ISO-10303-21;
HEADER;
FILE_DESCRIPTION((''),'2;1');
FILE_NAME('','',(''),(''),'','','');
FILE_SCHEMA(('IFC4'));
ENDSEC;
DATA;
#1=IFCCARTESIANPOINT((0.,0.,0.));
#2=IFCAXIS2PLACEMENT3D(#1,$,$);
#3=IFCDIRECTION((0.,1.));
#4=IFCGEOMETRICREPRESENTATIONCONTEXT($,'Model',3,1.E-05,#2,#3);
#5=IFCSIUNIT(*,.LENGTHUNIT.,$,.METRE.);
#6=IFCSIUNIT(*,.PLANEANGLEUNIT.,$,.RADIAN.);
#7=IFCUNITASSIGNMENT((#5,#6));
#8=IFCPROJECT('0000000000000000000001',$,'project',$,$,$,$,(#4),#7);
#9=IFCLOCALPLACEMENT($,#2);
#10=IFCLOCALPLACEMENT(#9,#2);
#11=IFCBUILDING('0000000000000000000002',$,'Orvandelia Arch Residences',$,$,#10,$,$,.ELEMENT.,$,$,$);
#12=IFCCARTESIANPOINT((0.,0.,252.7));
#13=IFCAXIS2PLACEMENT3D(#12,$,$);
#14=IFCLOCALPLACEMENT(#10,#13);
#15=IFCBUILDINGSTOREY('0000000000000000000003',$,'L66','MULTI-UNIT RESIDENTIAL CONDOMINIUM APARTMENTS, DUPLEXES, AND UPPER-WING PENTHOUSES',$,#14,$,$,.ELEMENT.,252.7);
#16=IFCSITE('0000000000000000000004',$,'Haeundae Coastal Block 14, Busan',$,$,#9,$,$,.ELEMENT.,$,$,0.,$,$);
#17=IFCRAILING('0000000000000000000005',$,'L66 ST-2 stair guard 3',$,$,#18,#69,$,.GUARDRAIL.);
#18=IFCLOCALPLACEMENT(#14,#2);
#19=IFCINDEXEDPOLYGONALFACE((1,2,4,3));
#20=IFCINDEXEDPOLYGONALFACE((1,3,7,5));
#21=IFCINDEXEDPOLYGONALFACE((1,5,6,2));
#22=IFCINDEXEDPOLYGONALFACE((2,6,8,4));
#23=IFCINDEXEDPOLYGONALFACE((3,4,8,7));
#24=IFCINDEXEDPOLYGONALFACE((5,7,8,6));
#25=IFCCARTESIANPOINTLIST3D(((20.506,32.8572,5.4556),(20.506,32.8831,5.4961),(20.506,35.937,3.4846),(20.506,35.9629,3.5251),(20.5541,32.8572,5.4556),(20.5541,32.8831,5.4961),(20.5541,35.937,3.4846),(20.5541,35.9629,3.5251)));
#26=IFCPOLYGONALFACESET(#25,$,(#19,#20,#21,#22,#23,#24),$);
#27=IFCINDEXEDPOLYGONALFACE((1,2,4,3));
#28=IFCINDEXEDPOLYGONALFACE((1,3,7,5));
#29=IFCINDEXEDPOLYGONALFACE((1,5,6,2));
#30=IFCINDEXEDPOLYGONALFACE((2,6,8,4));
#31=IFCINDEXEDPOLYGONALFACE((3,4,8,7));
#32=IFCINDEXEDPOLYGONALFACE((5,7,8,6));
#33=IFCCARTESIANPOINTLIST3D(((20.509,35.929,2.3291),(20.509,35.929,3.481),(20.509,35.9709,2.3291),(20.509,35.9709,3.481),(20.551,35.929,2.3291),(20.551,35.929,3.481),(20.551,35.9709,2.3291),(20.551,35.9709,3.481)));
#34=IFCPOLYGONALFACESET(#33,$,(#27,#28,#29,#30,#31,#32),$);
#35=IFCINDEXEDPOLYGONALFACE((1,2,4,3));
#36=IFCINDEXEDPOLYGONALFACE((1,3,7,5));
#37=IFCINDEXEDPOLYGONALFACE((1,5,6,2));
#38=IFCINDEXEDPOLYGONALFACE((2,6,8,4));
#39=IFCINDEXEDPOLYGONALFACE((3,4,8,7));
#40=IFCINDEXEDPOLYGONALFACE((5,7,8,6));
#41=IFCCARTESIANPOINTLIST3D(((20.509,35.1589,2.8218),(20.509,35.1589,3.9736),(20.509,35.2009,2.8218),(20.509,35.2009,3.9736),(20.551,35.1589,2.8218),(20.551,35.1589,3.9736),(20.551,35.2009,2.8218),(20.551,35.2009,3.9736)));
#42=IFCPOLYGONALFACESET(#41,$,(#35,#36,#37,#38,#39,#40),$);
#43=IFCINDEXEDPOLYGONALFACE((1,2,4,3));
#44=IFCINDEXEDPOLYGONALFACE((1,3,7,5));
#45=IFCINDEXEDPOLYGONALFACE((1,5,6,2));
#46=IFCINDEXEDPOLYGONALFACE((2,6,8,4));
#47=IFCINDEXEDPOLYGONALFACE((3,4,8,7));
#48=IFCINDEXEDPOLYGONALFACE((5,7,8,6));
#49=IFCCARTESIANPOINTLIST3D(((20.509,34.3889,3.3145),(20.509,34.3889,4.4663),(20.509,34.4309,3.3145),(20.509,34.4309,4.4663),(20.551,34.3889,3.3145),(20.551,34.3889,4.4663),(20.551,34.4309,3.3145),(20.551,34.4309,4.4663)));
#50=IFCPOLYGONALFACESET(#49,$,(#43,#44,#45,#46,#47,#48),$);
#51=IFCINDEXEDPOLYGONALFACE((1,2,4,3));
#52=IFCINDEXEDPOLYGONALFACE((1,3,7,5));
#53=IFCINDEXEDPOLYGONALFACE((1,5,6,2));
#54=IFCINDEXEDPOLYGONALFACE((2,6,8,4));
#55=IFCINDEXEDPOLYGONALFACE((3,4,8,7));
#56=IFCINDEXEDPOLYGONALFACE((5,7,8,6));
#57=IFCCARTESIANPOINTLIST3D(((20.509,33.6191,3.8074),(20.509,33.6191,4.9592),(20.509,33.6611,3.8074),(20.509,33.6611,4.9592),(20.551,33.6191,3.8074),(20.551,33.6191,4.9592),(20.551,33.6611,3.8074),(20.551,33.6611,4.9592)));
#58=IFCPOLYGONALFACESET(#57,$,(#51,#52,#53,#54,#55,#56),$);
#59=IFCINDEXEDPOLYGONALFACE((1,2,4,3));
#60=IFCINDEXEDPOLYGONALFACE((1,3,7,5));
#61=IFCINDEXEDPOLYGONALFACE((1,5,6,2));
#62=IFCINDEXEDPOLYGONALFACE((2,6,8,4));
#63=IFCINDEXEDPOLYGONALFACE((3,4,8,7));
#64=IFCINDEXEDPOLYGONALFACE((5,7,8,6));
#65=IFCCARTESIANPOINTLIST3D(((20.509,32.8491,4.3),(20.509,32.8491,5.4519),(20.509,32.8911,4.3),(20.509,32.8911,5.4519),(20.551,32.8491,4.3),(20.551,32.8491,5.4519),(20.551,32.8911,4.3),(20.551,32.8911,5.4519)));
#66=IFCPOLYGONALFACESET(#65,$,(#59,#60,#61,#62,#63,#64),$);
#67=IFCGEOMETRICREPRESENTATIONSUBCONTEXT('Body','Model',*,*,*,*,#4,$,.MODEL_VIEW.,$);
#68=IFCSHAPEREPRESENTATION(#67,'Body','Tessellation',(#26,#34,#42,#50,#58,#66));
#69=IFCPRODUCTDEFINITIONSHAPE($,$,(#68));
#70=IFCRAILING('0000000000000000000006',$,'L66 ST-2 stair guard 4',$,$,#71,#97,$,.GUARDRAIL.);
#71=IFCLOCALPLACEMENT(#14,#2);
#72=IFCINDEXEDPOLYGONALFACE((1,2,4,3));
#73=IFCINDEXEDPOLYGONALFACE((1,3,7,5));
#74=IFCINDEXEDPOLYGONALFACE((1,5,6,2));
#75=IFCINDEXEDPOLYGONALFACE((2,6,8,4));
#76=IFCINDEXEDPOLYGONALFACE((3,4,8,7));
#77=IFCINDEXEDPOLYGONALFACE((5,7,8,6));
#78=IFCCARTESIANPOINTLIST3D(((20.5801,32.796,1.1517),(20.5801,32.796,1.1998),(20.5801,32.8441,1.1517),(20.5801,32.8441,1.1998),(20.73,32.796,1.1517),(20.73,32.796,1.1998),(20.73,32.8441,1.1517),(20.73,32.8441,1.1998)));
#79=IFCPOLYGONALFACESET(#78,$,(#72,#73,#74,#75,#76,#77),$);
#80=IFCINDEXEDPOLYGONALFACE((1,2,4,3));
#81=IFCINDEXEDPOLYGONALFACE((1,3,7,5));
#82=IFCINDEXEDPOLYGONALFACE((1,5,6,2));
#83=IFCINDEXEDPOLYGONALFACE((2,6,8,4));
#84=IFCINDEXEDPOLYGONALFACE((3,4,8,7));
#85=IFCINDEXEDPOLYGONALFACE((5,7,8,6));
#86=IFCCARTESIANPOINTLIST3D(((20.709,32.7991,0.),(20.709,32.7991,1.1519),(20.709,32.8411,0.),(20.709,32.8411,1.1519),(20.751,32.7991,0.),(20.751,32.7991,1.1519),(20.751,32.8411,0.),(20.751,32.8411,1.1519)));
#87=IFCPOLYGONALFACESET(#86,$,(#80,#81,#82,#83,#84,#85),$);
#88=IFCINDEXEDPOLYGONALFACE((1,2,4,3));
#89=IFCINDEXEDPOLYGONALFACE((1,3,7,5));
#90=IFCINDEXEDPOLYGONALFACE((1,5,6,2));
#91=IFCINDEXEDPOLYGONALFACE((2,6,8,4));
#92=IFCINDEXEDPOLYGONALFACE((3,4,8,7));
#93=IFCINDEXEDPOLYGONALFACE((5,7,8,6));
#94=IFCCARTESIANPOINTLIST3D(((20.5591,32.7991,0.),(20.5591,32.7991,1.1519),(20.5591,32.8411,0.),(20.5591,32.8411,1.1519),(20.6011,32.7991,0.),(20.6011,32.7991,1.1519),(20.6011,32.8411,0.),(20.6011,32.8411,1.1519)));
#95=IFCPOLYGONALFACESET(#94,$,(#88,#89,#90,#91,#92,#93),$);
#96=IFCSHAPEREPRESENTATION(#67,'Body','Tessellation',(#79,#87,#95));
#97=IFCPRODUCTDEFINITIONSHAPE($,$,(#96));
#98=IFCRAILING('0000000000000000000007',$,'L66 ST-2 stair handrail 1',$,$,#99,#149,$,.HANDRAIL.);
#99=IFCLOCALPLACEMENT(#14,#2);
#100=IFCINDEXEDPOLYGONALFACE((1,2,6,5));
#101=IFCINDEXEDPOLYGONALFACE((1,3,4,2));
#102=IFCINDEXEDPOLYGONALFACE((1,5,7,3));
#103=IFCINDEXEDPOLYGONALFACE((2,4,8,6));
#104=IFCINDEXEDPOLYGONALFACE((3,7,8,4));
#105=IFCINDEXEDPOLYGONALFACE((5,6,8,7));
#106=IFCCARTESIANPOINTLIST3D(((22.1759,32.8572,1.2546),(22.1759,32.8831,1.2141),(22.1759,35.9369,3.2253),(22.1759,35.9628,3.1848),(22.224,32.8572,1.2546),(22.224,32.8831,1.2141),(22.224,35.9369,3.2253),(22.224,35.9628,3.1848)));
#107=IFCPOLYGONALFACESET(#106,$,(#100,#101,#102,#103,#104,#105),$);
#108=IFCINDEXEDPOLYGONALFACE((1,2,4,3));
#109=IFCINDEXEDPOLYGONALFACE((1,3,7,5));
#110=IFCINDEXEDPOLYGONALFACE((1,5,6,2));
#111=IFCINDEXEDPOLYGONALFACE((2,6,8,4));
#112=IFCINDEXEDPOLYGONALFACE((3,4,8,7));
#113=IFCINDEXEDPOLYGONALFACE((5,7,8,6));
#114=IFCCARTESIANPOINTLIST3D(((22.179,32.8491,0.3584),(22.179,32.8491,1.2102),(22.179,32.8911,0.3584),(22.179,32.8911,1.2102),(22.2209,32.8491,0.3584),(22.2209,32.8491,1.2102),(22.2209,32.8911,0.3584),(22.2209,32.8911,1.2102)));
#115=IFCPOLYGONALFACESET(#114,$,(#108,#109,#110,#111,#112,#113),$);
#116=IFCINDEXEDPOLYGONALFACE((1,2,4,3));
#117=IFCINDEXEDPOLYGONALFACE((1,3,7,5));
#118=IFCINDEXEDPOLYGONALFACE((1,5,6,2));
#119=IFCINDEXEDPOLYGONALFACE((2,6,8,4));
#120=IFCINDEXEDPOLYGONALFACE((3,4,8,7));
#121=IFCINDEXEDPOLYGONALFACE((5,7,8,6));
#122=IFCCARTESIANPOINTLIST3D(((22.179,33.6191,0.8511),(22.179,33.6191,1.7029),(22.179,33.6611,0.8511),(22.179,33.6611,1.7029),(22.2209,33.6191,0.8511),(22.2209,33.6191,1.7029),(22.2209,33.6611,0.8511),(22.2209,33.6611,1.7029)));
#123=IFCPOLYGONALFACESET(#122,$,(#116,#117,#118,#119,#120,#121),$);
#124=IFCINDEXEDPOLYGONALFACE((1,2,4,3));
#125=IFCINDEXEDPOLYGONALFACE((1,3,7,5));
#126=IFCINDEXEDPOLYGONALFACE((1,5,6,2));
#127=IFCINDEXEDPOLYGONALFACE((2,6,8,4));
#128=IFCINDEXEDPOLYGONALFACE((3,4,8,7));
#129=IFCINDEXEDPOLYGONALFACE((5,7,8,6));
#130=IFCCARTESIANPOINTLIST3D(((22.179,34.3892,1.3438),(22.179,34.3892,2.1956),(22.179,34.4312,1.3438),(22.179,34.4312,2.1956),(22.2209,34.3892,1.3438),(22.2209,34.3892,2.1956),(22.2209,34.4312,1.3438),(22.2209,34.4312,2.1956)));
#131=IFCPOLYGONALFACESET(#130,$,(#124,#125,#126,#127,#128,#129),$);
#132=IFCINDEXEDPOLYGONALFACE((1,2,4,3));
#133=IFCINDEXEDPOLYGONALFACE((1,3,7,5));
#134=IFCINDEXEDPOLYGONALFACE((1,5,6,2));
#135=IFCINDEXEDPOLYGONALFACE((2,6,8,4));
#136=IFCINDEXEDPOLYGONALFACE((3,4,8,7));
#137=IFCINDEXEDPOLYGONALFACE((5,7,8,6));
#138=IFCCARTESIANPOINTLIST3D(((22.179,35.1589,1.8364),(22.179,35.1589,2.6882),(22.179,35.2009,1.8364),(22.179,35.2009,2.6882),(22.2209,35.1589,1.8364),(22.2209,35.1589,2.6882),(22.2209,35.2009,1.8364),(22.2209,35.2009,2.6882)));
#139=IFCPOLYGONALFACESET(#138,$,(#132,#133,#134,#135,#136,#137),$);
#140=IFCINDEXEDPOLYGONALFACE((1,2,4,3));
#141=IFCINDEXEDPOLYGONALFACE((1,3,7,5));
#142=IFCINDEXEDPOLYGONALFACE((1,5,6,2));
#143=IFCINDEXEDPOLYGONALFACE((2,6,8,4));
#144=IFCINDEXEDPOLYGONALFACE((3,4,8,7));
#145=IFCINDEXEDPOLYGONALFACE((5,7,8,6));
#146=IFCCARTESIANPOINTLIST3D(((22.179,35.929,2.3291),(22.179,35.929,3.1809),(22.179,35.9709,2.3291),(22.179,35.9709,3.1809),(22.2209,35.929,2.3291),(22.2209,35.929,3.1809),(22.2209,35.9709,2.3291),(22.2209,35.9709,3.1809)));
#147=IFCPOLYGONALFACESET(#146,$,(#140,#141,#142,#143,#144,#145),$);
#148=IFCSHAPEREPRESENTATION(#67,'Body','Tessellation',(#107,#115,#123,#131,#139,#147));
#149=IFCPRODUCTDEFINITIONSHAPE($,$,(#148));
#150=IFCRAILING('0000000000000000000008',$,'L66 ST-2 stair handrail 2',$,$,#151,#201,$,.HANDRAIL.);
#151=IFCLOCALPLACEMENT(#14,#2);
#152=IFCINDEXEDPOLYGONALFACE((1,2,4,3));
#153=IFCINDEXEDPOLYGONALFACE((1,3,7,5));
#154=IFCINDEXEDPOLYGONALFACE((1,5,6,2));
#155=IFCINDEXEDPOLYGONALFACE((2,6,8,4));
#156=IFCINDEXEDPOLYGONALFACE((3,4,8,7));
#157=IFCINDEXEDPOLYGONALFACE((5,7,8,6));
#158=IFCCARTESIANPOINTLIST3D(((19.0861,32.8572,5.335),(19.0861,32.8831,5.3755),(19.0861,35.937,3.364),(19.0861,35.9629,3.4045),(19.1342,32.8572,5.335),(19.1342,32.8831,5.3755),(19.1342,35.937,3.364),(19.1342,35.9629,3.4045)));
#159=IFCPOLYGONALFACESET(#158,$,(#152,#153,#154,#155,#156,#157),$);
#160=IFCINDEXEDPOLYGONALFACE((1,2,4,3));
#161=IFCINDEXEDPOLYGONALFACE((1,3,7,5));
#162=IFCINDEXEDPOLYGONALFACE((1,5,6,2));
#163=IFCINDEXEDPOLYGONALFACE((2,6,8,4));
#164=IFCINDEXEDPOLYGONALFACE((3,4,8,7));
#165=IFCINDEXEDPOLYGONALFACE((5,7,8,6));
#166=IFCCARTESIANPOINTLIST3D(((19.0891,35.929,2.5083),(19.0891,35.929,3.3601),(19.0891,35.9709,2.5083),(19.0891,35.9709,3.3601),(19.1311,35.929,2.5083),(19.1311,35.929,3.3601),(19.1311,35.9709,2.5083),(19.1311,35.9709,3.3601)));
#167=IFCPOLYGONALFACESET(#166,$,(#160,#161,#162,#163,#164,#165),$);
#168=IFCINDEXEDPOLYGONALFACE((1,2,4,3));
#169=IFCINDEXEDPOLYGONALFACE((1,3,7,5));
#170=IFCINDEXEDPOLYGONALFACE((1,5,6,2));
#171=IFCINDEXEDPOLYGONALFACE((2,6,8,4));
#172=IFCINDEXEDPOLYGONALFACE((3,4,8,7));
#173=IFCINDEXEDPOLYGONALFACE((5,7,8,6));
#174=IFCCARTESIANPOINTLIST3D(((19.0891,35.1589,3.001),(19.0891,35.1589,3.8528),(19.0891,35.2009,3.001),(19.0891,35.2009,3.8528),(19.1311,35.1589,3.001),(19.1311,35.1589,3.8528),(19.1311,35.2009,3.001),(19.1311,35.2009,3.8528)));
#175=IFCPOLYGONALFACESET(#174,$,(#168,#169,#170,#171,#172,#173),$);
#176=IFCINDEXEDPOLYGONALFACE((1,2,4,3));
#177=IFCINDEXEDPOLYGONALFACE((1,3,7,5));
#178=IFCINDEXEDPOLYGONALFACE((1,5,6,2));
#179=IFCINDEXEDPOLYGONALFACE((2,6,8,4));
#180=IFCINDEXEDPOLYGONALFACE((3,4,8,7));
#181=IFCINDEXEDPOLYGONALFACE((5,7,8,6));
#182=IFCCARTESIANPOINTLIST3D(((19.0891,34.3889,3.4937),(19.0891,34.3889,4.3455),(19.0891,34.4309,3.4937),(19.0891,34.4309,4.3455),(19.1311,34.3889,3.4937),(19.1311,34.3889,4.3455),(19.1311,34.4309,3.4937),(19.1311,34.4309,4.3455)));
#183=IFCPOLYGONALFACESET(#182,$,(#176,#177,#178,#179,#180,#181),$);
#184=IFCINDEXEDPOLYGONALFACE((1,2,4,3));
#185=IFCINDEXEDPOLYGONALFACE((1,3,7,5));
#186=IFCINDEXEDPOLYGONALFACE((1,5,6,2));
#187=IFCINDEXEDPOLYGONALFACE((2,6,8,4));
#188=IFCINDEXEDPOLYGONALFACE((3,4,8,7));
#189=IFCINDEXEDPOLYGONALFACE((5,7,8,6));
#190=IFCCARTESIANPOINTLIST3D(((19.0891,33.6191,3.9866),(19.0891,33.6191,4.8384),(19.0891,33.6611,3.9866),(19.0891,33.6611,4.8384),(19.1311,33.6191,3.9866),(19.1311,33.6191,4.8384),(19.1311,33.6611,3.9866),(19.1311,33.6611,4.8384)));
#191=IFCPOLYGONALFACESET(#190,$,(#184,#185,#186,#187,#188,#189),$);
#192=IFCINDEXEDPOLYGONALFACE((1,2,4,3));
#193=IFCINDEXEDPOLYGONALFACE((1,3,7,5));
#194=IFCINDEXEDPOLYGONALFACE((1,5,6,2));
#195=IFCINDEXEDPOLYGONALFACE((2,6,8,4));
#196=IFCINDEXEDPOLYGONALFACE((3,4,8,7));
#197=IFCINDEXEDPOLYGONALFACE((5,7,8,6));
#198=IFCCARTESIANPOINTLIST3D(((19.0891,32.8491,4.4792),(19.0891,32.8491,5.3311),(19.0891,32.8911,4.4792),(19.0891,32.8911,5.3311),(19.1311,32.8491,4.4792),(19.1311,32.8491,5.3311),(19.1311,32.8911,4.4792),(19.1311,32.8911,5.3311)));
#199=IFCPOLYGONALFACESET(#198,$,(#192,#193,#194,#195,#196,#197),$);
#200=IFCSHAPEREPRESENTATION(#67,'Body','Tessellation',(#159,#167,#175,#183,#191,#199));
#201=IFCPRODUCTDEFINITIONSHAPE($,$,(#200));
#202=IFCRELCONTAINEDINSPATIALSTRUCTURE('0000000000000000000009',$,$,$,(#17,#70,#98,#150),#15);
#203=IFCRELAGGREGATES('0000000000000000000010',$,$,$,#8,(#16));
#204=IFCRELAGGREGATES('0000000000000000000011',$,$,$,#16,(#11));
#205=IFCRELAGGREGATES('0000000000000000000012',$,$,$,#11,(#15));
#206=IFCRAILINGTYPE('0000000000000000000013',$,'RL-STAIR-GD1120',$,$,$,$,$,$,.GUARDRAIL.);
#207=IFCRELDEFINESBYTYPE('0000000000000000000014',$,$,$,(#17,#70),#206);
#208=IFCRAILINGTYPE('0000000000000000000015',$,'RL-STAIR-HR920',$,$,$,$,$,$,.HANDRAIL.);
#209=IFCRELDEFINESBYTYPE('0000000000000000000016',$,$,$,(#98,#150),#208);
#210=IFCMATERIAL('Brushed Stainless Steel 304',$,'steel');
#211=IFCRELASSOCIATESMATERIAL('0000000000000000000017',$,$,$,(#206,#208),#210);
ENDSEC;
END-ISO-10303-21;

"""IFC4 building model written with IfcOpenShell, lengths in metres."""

from ifc_helpers import new_model, si_unit, direction, frame, origin, origin_2d, place, context, subcontext, project, spatial, rectangle, extrude, material, type_object, element, save


model = new_model("IFC4")

# Units and contexts
model_context = context("Model", 3, precision=1e-05, world=origin(), true_north=direction((0.0, 1.0)))
body_context = subcontext(model_context, "Body", "Model", "MODEL_VIEW")
ifc_project = project(units=[si_unit("LENGTHUNIT", "METRE"), si_unit("PLANEANGLEUNIT", "RADIAN")], contexts=[model_context])

# Site, building, storey
site_placement = place(None, origin())
site = spatial("IfcSite", under=ifc_project, at=site_placement, Name="Haeundae Coastal Block 14, Busan", CompositionType="ELEMENT", RefElevation=0.0)
building_placement = place(site_placement, origin())
building = spatial("IfcBuilding", under=site, at=building_placement, Name="Orvandelia Arch Residences", CompositionType="ELEMENT")
storey_placement = place(building_placement, frame((0.0, 0.0, 252.7)))
storey = spatial("IfcBuildingStorey", under=building, at=storey_placement, Name="L66", Description="MULTI-UNIT RESIDENTIAL CONDOMINIUM APARTMENTS, DUPLEXES, AND UPPER-WING PENTHOUSES", CompositionType="ELEMENT", Elevation=252.7)

# Railings
ifc_material_1 = material(Name="Brushed Stainless Steel 304", Category="steel")
railing_type_1 = type_object("IfcRailingType", Name="RL-STAIR-GD1120", PredefinedType="GUARDRAIL", material=ifc_material_1)
railing_1_placement = place(storey_placement, frame((20.53, 35.95, 2.3291)))
element("IfcRailing", 1, at=railing_1_placement, inside=storey, type_object=railing_type_1, Name="L66 ST-2 stair guard 3", PredefinedType="GUARDRAIL", context=body_context, shape_type="SweptSolid", body=[
    extrude(rectangle(XDim=0.0481, YDim=0.0481, at=origin_2d()), frame((0.0, 0.0, 1.1758), z_axis=(0.0, -0.84229, 0.539025), x_axis=(1.0, 0.0, 0.0)), (0.0, 0.0, 1.0), 3.6565),
    extrude(rectangle(XDim=0.042, YDim=0.042, at=origin_2d()), origin(), (0.0, 0.0, 1.0), 1.1519),
    extrude(rectangle(XDim=0.042, YDim=0.042, at=origin_2d()), frame((0.0, -0.77, 0.4927)), (0.0, 0.0, 1.0), 1.1519),
    extrude(rectangle(XDim=0.042, YDim=0.042, at=origin_2d()), frame((0.0, -1.54, 0.9854)), (0.0, 0.0, 1.0), 1.1519),
    extrude(rectangle(XDim=0.042, YDim=0.042, at=origin_2d()), frame((0.0, -2.3098, 1.4783)), (0.0, 0.0, 1.0), 1.1519),
    extrude(rectangle(XDim=0.042, YDim=0.042, at=origin_2d()), frame((0.0, -3.0798, 1.9709)), (0.0, 0.0, 1.0), 1.1519),
])
railing_2_placement = place(storey_placement, frame((20.73, 32.8201, 0.0)))
element("IfcRailing", 2, at=railing_2_placement, inside=storey, type_object=railing_type_1, Name="L66 ST-2 stair guard 4", PredefinedType="GUARDRAIL", context=body_context, shape_type="SweptSolid", body=[
    extrude(rectangle(XDim=0.0481, YDim=0.0481, at=origin_2d()), frame((0.0, 0.0, 1.1758), z_axis=(-1.0, 0.0, 0.0), x_axis=(0.0, -1.0, 0.0)), (0.0, 0.0, 1.0), 0.1499),
    extrude(rectangle(XDim=0.042, YDim=0.042, at=origin_2d()), origin(), (0.0, 0.0, 1.0), 1.1519),
    extrude(rectangle(XDim=0.042, YDim=0.042, at=origin_2d()), frame((-0.1499, 0.0, 0.0)), (0.0, 0.0, 1.0), 1.1519),
])
railing_type_2 = type_object("IfcRailingType", Name="RL-STAIR-HR920", PredefinedType="HANDRAIL", material=ifc_material_1)
railing_3_placement = place(storey_placement, frame((22.2, 32.8701, 0.3584)))
element("IfcRailing", 3, at=railing_3_placement, inside=storey, type_object=railing_type_2, Name="L66 ST-2 stair handrail 1", PredefinedType="HANDRAIL", context=body_context, shape_type="SweptSolid", body=[
    extrude(rectangle(XDim=0.0481, YDim=0.0481, at=origin_2d()), frame((0.0, 0.0, 0.876), z_axis=(0.0, 0.84232, 0.538978), x_axis=(-1.0, 0.0, 0.0)), (0.0, 0.0, 1.0), 3.6562),
    extrude(rectangle(XDim=0.042, YDim=0.042, at=origin_2d()), origin(), (0.0, 0.0, 1.0), 0.8518),
    extrude(rectangle(XDim=0.042, YDim=0.042, at=origin_2d()), frame((0.0, 0.77, 0.4927)), (0.0, 0.0, 1.0), 0.8518),
    extrude(rectangle(XDim=0.042, YDim=0.042, at=origin_2d()), frame((0.0, 1.54, 0.9854)), (0.0, 0.0, 1.0), 0.8518),
    extrude(rectangle(XDim=0.042, YDim=0.042, at=origin_2d()), frame((0.0, 2.3098, 1.478)), (0.0, 0.0, 1.0), 0.8518),
    extrude(rectangle(XDim=0.042, YDim=0.042, at=origin_2d()), frame((0.0, 3.0798, 1.9707)), (0.0, 0.0, 1.0), 0.8518),
])
railing_4_placement = place(storey_placement, frame((19.1101, 35.95, 2.5083)))
element("IfcRailing", 4, at=railing_4_placement, inside=storey, type_object=railing_type_2, Name="L66 ST-2 stair handrail 2", PredefinedType="HANDRAIL", context=body_context, shape_type="SweptSolid", body=[
    extrude(rectangle(XDim=0.0481, YDim=0.0481, at=origin_2d()), frame((0.0, 0.0, 0.876), z_axis=(0.0, -0.84229, 0.539025), x_axis=(1.0, 0.0, 0.0)), (0.0, 0.0, 1.0), 3.6565),
    extrude(rectangle(XDim=0.042, YDim=0.042, at=origin_2d()), origin(), (0.0, 0.0, 1.0), 0.8518),
    extrude(rectangle(XDim=0.042, YDim=0.042, at=origin_2d()), frame((0.0, -0.77, 0.4927)), (0.0, 0.0, 1.0), 0.8518),
    extrude(rectangle(XDim=0.042, YDim=0.042, at=origin_2d()), frame((0.0, -1.54, 0.9854)), (0.0, 0.0, 1.0), 0.8518),
    extrude(rectangle(XDim=0.042, YDim=0.042, at=origin_2d()), frame((0.0, -2.3098, 1.4783)), (0.0, 0.0, 1.0), 0.8518),
    extrude(rectangle(XDim=0.042, YDim=0.042, at=origin_2d()), frame((0.0, -3.0798, 1.9709)), (0.0, 0.0, 1.0), 0.8518),
])

save(model, "model.ifc")
